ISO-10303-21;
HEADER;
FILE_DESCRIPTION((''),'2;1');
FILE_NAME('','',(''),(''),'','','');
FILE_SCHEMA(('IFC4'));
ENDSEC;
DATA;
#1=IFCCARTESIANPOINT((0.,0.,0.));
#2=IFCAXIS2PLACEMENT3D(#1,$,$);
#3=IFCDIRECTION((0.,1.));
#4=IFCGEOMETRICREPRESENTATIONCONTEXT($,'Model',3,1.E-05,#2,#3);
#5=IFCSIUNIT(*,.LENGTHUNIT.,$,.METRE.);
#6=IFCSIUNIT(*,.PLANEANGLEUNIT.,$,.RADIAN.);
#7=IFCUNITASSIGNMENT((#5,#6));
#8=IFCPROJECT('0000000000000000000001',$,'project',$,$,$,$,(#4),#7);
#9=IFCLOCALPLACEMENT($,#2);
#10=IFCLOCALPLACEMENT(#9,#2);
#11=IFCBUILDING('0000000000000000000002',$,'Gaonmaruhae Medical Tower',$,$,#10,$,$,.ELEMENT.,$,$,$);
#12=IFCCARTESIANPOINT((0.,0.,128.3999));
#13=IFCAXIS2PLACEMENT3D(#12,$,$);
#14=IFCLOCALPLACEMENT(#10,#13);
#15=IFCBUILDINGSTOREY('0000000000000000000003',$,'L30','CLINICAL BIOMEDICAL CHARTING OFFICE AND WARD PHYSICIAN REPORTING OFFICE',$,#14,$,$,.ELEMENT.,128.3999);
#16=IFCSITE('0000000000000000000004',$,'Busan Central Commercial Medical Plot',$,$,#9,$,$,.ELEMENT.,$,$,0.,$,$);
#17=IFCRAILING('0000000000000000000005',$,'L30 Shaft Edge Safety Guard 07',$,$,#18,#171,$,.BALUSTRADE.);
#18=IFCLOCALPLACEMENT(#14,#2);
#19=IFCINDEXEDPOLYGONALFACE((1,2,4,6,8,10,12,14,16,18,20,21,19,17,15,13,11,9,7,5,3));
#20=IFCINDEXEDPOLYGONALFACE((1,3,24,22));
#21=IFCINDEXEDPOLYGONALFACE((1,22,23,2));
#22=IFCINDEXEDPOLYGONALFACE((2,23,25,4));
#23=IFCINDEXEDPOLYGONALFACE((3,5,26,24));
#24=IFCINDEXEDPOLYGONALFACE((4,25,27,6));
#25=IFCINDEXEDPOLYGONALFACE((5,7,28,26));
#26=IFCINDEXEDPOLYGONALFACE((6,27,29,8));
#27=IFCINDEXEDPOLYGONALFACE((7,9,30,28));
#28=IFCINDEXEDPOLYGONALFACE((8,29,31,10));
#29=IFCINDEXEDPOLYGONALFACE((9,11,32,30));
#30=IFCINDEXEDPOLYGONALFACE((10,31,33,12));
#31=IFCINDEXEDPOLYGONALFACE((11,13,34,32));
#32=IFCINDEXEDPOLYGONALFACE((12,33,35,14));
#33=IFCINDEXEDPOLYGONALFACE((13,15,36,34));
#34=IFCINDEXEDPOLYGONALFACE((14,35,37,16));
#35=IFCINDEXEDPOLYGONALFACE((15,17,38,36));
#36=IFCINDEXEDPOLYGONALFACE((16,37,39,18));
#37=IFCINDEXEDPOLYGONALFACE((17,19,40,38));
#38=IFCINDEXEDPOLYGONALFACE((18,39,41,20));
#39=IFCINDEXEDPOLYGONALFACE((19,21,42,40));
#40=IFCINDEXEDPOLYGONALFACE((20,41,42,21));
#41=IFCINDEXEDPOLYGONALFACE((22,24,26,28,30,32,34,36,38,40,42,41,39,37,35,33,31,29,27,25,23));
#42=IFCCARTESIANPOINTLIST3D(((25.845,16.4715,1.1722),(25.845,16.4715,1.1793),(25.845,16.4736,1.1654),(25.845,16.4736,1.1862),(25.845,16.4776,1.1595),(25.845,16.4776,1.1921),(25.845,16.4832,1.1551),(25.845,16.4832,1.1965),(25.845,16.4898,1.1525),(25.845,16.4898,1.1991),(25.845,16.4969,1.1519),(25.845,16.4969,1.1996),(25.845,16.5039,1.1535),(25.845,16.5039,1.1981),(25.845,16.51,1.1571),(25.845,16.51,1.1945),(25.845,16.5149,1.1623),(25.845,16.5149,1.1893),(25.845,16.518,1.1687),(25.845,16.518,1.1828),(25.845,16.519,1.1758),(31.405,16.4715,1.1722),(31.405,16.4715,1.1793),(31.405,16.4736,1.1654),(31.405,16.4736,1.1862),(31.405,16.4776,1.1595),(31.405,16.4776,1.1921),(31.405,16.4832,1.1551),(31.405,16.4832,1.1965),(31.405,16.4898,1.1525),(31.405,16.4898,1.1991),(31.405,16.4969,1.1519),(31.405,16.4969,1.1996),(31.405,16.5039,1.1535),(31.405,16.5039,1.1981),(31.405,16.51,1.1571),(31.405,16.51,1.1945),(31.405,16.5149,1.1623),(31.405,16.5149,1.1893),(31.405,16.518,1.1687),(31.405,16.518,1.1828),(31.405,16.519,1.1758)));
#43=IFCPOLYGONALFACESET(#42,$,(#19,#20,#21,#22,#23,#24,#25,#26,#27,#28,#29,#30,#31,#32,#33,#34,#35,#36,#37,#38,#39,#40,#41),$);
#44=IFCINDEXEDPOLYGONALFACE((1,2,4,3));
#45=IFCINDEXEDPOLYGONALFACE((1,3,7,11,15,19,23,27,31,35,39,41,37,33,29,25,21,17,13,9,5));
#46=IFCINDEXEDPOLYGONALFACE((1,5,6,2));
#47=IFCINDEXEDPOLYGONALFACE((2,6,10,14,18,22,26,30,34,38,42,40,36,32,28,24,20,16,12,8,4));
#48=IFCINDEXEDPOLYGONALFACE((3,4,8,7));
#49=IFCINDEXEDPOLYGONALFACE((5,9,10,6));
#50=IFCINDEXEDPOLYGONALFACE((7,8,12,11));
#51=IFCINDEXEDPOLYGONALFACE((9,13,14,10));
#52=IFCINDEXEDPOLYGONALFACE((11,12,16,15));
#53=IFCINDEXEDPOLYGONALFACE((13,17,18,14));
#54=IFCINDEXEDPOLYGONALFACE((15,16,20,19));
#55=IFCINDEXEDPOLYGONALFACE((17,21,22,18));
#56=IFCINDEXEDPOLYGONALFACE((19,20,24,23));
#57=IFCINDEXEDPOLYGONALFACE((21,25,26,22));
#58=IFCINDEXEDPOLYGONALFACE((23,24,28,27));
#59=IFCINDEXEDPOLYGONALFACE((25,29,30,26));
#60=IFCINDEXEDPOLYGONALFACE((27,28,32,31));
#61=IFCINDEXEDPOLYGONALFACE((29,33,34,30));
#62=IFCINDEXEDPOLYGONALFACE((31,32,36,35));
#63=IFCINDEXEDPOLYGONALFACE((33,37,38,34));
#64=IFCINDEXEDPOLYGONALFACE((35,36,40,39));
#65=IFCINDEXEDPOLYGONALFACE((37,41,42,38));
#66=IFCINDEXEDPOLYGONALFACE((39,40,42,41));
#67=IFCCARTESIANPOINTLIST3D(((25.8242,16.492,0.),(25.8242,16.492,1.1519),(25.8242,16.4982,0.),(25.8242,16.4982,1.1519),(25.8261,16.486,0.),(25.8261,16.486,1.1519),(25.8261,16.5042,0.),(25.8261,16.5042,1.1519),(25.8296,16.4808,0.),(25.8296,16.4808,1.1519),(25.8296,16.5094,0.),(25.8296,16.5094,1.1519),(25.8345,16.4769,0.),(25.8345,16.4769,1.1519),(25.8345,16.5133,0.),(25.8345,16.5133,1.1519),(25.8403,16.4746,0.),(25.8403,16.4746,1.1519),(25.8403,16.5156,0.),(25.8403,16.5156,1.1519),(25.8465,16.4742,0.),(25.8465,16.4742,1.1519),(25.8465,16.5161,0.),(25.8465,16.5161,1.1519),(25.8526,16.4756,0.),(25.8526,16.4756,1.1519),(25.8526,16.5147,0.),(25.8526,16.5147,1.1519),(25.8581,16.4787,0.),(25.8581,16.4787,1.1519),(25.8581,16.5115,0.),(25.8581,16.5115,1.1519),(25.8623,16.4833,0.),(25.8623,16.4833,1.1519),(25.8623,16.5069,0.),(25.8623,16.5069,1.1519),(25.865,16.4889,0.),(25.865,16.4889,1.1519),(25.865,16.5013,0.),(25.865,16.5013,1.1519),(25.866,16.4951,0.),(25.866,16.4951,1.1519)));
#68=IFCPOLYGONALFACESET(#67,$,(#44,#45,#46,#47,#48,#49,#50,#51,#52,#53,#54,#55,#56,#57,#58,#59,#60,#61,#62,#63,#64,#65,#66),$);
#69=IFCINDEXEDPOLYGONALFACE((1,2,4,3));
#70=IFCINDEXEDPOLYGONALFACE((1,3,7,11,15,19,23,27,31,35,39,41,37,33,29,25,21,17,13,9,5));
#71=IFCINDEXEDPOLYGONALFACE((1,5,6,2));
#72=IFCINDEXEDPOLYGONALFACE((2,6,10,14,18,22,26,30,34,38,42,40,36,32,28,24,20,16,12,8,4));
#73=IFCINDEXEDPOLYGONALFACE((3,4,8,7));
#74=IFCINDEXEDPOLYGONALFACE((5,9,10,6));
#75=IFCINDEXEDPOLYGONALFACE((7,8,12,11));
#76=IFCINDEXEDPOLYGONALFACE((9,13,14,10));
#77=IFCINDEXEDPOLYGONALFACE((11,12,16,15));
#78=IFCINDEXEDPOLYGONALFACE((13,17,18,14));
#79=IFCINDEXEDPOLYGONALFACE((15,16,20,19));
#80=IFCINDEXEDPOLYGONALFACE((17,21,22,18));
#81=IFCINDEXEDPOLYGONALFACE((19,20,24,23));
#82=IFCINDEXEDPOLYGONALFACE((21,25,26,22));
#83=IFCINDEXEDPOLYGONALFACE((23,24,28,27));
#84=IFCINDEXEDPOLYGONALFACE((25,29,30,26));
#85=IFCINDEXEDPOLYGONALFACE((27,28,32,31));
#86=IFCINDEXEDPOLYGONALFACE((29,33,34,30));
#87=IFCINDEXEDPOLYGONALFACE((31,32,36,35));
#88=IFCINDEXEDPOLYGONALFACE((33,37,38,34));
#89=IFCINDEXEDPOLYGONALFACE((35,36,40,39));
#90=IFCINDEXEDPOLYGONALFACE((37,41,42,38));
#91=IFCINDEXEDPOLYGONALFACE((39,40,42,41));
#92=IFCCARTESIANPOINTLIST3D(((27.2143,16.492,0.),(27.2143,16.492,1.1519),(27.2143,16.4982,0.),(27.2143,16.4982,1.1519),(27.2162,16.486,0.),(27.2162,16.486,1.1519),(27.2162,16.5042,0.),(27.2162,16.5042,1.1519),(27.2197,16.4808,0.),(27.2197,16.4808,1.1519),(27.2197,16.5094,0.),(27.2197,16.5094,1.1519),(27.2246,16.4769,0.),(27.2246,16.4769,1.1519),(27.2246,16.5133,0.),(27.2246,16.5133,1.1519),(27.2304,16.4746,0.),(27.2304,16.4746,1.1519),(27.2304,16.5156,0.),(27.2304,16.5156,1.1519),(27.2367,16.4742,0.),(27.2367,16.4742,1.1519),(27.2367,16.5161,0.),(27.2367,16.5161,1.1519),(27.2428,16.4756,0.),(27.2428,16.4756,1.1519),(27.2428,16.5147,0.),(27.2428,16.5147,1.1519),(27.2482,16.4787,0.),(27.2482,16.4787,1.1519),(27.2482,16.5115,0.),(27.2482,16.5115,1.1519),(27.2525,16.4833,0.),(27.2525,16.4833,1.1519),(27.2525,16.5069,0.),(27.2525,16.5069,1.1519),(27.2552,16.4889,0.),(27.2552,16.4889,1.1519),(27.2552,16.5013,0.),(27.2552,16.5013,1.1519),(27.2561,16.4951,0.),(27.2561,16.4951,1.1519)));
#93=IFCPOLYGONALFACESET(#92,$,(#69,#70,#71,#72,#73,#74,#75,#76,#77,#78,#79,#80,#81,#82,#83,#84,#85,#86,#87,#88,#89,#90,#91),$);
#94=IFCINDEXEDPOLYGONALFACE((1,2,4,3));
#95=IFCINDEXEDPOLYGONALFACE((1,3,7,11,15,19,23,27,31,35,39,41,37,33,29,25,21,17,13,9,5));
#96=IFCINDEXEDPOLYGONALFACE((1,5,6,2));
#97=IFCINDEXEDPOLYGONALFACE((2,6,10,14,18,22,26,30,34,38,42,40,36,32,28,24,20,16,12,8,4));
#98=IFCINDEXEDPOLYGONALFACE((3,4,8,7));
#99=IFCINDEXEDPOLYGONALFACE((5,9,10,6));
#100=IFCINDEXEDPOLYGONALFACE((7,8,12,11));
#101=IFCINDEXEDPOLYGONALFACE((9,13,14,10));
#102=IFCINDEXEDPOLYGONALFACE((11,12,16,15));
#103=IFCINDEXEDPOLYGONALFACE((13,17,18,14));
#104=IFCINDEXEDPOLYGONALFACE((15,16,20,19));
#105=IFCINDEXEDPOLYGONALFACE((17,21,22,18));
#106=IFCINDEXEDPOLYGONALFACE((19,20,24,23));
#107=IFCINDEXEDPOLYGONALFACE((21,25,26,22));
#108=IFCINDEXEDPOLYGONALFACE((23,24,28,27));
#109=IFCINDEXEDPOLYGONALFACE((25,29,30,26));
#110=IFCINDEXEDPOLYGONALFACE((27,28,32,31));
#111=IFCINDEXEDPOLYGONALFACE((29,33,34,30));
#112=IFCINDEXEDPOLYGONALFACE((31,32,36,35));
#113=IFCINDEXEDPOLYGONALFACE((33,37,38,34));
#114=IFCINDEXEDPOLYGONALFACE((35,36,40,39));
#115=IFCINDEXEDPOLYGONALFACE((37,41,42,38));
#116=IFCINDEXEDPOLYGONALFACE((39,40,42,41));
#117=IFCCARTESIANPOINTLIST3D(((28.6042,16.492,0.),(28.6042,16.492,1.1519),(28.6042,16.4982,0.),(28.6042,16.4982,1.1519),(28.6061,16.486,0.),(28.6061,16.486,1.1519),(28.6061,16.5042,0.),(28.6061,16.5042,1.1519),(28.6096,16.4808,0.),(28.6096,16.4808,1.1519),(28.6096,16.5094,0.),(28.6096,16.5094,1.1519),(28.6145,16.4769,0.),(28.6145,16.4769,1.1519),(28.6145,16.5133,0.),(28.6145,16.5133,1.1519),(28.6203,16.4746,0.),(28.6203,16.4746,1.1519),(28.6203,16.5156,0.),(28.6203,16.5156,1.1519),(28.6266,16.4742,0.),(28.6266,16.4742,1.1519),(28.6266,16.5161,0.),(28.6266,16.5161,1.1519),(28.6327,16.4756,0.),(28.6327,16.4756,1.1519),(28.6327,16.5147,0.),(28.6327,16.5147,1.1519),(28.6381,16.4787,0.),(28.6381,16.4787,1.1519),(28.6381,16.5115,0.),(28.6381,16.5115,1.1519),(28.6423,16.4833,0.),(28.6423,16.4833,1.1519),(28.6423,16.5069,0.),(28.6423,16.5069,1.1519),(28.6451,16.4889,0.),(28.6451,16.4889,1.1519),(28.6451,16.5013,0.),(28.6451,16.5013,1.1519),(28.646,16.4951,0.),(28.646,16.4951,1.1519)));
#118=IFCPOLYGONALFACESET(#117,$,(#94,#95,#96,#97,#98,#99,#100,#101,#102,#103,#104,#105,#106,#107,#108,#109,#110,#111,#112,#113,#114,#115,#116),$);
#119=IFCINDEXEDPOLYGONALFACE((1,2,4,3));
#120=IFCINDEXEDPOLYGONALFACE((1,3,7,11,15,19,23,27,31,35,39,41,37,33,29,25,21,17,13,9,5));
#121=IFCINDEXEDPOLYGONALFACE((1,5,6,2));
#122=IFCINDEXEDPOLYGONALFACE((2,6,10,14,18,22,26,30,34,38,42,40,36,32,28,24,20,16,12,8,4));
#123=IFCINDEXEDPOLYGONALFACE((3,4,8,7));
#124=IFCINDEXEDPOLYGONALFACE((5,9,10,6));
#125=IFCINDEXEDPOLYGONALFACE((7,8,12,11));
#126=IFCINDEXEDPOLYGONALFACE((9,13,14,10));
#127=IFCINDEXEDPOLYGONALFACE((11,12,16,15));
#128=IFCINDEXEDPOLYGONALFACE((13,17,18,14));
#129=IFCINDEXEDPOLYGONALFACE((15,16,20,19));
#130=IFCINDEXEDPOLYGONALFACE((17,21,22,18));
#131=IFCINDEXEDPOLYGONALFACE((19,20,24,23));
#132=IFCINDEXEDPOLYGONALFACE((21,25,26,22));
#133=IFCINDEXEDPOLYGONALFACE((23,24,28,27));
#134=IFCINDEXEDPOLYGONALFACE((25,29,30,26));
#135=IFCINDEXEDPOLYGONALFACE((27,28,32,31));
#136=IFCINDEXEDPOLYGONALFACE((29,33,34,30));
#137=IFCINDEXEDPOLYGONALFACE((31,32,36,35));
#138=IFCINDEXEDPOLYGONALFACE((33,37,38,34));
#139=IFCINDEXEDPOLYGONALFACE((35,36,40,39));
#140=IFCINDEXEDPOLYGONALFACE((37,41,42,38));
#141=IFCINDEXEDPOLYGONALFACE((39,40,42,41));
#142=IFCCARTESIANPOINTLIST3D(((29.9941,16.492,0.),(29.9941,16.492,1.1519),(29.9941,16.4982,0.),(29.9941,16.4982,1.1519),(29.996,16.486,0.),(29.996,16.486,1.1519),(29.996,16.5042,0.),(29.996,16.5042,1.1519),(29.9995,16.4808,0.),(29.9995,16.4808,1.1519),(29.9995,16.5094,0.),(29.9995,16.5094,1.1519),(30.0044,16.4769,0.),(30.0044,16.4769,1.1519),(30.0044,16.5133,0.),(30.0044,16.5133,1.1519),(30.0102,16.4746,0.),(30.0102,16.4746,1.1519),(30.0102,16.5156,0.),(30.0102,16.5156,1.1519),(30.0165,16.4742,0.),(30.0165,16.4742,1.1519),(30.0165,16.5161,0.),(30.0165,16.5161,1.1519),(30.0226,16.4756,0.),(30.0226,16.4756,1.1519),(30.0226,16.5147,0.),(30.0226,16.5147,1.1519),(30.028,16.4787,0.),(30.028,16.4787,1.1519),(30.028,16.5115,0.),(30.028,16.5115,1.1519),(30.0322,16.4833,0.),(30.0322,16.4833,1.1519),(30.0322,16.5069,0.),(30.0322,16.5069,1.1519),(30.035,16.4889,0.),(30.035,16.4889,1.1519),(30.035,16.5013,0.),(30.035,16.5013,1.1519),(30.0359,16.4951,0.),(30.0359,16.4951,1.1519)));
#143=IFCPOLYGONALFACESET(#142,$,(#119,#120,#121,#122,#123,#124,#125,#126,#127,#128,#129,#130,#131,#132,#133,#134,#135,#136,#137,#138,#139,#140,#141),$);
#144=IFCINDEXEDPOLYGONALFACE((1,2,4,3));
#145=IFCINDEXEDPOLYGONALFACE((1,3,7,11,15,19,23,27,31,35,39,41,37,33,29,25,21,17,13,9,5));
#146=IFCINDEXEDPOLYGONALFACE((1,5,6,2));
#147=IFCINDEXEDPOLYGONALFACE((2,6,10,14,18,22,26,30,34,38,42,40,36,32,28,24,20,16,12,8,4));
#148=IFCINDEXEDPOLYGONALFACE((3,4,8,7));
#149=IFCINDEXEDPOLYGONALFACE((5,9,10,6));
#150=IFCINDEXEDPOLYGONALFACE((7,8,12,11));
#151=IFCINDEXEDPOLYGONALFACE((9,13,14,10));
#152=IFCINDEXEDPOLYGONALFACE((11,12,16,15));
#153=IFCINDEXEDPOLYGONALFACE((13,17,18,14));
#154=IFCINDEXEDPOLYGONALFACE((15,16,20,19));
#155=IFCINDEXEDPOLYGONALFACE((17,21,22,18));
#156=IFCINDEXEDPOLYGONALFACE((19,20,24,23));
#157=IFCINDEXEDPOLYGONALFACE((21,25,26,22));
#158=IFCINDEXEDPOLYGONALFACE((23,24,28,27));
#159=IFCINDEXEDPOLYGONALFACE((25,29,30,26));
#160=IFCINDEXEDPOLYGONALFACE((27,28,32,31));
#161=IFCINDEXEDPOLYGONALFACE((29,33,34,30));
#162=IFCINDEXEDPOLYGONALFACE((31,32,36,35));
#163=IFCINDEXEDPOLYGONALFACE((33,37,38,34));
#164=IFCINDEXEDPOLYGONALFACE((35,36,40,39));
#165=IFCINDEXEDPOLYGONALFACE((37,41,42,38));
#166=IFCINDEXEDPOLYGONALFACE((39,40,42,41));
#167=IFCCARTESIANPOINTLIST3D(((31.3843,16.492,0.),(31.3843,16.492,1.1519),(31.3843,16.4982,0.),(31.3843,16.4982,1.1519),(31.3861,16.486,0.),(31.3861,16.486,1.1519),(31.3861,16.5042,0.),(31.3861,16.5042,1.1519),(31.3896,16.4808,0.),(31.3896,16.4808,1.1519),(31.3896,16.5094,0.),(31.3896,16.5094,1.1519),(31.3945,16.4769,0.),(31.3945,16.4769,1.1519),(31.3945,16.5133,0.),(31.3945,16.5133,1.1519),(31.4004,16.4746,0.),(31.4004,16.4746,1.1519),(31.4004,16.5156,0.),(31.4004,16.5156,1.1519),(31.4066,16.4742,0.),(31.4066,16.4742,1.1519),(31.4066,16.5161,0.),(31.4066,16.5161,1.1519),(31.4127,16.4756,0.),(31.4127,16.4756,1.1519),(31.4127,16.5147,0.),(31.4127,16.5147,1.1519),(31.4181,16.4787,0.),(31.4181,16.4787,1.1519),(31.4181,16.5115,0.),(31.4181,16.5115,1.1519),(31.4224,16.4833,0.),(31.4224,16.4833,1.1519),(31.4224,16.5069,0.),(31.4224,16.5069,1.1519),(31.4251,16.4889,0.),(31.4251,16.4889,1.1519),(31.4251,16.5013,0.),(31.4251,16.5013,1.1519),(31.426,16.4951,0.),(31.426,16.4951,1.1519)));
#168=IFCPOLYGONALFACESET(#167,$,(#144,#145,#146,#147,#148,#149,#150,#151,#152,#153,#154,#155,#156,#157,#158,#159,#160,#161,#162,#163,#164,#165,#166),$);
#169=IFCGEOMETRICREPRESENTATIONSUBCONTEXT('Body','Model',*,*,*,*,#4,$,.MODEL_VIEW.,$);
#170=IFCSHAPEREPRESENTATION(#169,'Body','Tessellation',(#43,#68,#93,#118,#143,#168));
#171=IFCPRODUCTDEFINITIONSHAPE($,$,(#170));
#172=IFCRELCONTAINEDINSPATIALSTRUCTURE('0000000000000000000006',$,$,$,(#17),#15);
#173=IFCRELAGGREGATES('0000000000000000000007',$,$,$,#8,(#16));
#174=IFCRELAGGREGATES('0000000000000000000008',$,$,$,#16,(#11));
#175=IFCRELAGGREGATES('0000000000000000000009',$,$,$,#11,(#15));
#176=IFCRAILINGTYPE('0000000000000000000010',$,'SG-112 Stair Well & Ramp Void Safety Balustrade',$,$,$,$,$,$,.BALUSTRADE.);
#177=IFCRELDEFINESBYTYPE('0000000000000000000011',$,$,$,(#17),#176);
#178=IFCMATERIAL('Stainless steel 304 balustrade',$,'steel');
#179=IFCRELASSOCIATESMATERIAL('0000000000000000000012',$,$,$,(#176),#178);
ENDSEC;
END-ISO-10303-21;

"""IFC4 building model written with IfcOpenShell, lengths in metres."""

from ifc_helpers import new_model, si_unit, direction, frame, origin, origin_2d, place, context, subcontext, project, spatial, circle, extrude, material, type_object, element, save


model = new_model("IFC4")

# Units and contexts
model_context = context("Model", 3, precision=1e-05, world=origin(), true_north=direction((0.0, 1.0)))
body_context = subcontext(model_context, "Body", "Model", "MODEL_VIEW")
ifc_project = project(units=[si_unit("LENGTHUNIT", "METRE"), si_unit("PLANEANGLEUNIT", "RADIAN")], contexts=[model_context])

# Site, building, storey
site_placement = place(None, origin())
site = spatial("IfcSite", under=ifc_project, at=site_placement, Name="Busan Central Commercial Medical Plot", CompositionType="ELEMENT", RefElevation=0.0)
building_placement = place(site_placement, origin())
building = spatial("IfcBuilding", under=site, at=building_placement, Name="Gaonmaruhae Medical Tower", CompositionType="ELEMENT")
storey_placement = place(building_placement, frame((0.0, 0.0, 128.3999)))
storey = spatial("IfcBuildingStorey", under=building, at=storey_placement, Name="L30", Description="CLINICAL BIOMEDICAL CHARTING OFFICE AND WARD PHYSICIAN REPORTING OFFICE", CompositionType="ELEMENT", Elevation=128.3999)

# Railing
ifc_material_1 = material(Name="Stainless steel 304 balustrade", Category="steel")
railing_type = type_object("IfcRailingType", Name="SG-112 Stair Well & Ramp Void Safety Balustrade", PredefinedType="BALUSTRADE", material=ifc_material_1)
railing_1_placement = place(storey_placement, frame((25.845, 16.4951, 0.0)))
element("IfcRailing", 1, at=railing_1_placement, inside=storey, type_object=railing_type, Name="L30 Shaft Edge Safety Guard 07", PredefinedType="BALUSTRADE", context=body_context, shape_type="SweptSolid", body=[
    extrude(circle(Radius=0.0239, at=origin_2d()), frame((0.0, 0.0, 1.1758), z_axis=(1.0, 0.0, 0.0), x_axis=(0.0, 1.0, 0.0)), (0.0, 0.0, 1.0), 5.5601),
    extrude(circle(Radius=0.021, at=origin_2d()), origin(), (0.0, 0.0, 1.0), 1.1519),
    extrude(circle(Radius=0.021, at=origin_2d()), frame((1.3901, 0.0, 0.0)), (0.0, 0.0, 1.0), 1.1519),
    extrude(circle(Radius=0.021, at=origin_2d()), frame((2.78, 0.0, 0.0)), (0.0, 0.0, 1.0), 1.1519),
    extrude(circle(Radius=0.021, at=origin_2d()), frame((4.1699, 0.0, 0.0)), (0.0, 0.0, 1.0), 1.1519),
    extrude(circle(Radius=0.021, at=origin_2d()), frame((5.5601, 0.0, 0.0)), (0.0, 0.0, 1.0), 1.1519),
])

save(model, "model.ifc")
